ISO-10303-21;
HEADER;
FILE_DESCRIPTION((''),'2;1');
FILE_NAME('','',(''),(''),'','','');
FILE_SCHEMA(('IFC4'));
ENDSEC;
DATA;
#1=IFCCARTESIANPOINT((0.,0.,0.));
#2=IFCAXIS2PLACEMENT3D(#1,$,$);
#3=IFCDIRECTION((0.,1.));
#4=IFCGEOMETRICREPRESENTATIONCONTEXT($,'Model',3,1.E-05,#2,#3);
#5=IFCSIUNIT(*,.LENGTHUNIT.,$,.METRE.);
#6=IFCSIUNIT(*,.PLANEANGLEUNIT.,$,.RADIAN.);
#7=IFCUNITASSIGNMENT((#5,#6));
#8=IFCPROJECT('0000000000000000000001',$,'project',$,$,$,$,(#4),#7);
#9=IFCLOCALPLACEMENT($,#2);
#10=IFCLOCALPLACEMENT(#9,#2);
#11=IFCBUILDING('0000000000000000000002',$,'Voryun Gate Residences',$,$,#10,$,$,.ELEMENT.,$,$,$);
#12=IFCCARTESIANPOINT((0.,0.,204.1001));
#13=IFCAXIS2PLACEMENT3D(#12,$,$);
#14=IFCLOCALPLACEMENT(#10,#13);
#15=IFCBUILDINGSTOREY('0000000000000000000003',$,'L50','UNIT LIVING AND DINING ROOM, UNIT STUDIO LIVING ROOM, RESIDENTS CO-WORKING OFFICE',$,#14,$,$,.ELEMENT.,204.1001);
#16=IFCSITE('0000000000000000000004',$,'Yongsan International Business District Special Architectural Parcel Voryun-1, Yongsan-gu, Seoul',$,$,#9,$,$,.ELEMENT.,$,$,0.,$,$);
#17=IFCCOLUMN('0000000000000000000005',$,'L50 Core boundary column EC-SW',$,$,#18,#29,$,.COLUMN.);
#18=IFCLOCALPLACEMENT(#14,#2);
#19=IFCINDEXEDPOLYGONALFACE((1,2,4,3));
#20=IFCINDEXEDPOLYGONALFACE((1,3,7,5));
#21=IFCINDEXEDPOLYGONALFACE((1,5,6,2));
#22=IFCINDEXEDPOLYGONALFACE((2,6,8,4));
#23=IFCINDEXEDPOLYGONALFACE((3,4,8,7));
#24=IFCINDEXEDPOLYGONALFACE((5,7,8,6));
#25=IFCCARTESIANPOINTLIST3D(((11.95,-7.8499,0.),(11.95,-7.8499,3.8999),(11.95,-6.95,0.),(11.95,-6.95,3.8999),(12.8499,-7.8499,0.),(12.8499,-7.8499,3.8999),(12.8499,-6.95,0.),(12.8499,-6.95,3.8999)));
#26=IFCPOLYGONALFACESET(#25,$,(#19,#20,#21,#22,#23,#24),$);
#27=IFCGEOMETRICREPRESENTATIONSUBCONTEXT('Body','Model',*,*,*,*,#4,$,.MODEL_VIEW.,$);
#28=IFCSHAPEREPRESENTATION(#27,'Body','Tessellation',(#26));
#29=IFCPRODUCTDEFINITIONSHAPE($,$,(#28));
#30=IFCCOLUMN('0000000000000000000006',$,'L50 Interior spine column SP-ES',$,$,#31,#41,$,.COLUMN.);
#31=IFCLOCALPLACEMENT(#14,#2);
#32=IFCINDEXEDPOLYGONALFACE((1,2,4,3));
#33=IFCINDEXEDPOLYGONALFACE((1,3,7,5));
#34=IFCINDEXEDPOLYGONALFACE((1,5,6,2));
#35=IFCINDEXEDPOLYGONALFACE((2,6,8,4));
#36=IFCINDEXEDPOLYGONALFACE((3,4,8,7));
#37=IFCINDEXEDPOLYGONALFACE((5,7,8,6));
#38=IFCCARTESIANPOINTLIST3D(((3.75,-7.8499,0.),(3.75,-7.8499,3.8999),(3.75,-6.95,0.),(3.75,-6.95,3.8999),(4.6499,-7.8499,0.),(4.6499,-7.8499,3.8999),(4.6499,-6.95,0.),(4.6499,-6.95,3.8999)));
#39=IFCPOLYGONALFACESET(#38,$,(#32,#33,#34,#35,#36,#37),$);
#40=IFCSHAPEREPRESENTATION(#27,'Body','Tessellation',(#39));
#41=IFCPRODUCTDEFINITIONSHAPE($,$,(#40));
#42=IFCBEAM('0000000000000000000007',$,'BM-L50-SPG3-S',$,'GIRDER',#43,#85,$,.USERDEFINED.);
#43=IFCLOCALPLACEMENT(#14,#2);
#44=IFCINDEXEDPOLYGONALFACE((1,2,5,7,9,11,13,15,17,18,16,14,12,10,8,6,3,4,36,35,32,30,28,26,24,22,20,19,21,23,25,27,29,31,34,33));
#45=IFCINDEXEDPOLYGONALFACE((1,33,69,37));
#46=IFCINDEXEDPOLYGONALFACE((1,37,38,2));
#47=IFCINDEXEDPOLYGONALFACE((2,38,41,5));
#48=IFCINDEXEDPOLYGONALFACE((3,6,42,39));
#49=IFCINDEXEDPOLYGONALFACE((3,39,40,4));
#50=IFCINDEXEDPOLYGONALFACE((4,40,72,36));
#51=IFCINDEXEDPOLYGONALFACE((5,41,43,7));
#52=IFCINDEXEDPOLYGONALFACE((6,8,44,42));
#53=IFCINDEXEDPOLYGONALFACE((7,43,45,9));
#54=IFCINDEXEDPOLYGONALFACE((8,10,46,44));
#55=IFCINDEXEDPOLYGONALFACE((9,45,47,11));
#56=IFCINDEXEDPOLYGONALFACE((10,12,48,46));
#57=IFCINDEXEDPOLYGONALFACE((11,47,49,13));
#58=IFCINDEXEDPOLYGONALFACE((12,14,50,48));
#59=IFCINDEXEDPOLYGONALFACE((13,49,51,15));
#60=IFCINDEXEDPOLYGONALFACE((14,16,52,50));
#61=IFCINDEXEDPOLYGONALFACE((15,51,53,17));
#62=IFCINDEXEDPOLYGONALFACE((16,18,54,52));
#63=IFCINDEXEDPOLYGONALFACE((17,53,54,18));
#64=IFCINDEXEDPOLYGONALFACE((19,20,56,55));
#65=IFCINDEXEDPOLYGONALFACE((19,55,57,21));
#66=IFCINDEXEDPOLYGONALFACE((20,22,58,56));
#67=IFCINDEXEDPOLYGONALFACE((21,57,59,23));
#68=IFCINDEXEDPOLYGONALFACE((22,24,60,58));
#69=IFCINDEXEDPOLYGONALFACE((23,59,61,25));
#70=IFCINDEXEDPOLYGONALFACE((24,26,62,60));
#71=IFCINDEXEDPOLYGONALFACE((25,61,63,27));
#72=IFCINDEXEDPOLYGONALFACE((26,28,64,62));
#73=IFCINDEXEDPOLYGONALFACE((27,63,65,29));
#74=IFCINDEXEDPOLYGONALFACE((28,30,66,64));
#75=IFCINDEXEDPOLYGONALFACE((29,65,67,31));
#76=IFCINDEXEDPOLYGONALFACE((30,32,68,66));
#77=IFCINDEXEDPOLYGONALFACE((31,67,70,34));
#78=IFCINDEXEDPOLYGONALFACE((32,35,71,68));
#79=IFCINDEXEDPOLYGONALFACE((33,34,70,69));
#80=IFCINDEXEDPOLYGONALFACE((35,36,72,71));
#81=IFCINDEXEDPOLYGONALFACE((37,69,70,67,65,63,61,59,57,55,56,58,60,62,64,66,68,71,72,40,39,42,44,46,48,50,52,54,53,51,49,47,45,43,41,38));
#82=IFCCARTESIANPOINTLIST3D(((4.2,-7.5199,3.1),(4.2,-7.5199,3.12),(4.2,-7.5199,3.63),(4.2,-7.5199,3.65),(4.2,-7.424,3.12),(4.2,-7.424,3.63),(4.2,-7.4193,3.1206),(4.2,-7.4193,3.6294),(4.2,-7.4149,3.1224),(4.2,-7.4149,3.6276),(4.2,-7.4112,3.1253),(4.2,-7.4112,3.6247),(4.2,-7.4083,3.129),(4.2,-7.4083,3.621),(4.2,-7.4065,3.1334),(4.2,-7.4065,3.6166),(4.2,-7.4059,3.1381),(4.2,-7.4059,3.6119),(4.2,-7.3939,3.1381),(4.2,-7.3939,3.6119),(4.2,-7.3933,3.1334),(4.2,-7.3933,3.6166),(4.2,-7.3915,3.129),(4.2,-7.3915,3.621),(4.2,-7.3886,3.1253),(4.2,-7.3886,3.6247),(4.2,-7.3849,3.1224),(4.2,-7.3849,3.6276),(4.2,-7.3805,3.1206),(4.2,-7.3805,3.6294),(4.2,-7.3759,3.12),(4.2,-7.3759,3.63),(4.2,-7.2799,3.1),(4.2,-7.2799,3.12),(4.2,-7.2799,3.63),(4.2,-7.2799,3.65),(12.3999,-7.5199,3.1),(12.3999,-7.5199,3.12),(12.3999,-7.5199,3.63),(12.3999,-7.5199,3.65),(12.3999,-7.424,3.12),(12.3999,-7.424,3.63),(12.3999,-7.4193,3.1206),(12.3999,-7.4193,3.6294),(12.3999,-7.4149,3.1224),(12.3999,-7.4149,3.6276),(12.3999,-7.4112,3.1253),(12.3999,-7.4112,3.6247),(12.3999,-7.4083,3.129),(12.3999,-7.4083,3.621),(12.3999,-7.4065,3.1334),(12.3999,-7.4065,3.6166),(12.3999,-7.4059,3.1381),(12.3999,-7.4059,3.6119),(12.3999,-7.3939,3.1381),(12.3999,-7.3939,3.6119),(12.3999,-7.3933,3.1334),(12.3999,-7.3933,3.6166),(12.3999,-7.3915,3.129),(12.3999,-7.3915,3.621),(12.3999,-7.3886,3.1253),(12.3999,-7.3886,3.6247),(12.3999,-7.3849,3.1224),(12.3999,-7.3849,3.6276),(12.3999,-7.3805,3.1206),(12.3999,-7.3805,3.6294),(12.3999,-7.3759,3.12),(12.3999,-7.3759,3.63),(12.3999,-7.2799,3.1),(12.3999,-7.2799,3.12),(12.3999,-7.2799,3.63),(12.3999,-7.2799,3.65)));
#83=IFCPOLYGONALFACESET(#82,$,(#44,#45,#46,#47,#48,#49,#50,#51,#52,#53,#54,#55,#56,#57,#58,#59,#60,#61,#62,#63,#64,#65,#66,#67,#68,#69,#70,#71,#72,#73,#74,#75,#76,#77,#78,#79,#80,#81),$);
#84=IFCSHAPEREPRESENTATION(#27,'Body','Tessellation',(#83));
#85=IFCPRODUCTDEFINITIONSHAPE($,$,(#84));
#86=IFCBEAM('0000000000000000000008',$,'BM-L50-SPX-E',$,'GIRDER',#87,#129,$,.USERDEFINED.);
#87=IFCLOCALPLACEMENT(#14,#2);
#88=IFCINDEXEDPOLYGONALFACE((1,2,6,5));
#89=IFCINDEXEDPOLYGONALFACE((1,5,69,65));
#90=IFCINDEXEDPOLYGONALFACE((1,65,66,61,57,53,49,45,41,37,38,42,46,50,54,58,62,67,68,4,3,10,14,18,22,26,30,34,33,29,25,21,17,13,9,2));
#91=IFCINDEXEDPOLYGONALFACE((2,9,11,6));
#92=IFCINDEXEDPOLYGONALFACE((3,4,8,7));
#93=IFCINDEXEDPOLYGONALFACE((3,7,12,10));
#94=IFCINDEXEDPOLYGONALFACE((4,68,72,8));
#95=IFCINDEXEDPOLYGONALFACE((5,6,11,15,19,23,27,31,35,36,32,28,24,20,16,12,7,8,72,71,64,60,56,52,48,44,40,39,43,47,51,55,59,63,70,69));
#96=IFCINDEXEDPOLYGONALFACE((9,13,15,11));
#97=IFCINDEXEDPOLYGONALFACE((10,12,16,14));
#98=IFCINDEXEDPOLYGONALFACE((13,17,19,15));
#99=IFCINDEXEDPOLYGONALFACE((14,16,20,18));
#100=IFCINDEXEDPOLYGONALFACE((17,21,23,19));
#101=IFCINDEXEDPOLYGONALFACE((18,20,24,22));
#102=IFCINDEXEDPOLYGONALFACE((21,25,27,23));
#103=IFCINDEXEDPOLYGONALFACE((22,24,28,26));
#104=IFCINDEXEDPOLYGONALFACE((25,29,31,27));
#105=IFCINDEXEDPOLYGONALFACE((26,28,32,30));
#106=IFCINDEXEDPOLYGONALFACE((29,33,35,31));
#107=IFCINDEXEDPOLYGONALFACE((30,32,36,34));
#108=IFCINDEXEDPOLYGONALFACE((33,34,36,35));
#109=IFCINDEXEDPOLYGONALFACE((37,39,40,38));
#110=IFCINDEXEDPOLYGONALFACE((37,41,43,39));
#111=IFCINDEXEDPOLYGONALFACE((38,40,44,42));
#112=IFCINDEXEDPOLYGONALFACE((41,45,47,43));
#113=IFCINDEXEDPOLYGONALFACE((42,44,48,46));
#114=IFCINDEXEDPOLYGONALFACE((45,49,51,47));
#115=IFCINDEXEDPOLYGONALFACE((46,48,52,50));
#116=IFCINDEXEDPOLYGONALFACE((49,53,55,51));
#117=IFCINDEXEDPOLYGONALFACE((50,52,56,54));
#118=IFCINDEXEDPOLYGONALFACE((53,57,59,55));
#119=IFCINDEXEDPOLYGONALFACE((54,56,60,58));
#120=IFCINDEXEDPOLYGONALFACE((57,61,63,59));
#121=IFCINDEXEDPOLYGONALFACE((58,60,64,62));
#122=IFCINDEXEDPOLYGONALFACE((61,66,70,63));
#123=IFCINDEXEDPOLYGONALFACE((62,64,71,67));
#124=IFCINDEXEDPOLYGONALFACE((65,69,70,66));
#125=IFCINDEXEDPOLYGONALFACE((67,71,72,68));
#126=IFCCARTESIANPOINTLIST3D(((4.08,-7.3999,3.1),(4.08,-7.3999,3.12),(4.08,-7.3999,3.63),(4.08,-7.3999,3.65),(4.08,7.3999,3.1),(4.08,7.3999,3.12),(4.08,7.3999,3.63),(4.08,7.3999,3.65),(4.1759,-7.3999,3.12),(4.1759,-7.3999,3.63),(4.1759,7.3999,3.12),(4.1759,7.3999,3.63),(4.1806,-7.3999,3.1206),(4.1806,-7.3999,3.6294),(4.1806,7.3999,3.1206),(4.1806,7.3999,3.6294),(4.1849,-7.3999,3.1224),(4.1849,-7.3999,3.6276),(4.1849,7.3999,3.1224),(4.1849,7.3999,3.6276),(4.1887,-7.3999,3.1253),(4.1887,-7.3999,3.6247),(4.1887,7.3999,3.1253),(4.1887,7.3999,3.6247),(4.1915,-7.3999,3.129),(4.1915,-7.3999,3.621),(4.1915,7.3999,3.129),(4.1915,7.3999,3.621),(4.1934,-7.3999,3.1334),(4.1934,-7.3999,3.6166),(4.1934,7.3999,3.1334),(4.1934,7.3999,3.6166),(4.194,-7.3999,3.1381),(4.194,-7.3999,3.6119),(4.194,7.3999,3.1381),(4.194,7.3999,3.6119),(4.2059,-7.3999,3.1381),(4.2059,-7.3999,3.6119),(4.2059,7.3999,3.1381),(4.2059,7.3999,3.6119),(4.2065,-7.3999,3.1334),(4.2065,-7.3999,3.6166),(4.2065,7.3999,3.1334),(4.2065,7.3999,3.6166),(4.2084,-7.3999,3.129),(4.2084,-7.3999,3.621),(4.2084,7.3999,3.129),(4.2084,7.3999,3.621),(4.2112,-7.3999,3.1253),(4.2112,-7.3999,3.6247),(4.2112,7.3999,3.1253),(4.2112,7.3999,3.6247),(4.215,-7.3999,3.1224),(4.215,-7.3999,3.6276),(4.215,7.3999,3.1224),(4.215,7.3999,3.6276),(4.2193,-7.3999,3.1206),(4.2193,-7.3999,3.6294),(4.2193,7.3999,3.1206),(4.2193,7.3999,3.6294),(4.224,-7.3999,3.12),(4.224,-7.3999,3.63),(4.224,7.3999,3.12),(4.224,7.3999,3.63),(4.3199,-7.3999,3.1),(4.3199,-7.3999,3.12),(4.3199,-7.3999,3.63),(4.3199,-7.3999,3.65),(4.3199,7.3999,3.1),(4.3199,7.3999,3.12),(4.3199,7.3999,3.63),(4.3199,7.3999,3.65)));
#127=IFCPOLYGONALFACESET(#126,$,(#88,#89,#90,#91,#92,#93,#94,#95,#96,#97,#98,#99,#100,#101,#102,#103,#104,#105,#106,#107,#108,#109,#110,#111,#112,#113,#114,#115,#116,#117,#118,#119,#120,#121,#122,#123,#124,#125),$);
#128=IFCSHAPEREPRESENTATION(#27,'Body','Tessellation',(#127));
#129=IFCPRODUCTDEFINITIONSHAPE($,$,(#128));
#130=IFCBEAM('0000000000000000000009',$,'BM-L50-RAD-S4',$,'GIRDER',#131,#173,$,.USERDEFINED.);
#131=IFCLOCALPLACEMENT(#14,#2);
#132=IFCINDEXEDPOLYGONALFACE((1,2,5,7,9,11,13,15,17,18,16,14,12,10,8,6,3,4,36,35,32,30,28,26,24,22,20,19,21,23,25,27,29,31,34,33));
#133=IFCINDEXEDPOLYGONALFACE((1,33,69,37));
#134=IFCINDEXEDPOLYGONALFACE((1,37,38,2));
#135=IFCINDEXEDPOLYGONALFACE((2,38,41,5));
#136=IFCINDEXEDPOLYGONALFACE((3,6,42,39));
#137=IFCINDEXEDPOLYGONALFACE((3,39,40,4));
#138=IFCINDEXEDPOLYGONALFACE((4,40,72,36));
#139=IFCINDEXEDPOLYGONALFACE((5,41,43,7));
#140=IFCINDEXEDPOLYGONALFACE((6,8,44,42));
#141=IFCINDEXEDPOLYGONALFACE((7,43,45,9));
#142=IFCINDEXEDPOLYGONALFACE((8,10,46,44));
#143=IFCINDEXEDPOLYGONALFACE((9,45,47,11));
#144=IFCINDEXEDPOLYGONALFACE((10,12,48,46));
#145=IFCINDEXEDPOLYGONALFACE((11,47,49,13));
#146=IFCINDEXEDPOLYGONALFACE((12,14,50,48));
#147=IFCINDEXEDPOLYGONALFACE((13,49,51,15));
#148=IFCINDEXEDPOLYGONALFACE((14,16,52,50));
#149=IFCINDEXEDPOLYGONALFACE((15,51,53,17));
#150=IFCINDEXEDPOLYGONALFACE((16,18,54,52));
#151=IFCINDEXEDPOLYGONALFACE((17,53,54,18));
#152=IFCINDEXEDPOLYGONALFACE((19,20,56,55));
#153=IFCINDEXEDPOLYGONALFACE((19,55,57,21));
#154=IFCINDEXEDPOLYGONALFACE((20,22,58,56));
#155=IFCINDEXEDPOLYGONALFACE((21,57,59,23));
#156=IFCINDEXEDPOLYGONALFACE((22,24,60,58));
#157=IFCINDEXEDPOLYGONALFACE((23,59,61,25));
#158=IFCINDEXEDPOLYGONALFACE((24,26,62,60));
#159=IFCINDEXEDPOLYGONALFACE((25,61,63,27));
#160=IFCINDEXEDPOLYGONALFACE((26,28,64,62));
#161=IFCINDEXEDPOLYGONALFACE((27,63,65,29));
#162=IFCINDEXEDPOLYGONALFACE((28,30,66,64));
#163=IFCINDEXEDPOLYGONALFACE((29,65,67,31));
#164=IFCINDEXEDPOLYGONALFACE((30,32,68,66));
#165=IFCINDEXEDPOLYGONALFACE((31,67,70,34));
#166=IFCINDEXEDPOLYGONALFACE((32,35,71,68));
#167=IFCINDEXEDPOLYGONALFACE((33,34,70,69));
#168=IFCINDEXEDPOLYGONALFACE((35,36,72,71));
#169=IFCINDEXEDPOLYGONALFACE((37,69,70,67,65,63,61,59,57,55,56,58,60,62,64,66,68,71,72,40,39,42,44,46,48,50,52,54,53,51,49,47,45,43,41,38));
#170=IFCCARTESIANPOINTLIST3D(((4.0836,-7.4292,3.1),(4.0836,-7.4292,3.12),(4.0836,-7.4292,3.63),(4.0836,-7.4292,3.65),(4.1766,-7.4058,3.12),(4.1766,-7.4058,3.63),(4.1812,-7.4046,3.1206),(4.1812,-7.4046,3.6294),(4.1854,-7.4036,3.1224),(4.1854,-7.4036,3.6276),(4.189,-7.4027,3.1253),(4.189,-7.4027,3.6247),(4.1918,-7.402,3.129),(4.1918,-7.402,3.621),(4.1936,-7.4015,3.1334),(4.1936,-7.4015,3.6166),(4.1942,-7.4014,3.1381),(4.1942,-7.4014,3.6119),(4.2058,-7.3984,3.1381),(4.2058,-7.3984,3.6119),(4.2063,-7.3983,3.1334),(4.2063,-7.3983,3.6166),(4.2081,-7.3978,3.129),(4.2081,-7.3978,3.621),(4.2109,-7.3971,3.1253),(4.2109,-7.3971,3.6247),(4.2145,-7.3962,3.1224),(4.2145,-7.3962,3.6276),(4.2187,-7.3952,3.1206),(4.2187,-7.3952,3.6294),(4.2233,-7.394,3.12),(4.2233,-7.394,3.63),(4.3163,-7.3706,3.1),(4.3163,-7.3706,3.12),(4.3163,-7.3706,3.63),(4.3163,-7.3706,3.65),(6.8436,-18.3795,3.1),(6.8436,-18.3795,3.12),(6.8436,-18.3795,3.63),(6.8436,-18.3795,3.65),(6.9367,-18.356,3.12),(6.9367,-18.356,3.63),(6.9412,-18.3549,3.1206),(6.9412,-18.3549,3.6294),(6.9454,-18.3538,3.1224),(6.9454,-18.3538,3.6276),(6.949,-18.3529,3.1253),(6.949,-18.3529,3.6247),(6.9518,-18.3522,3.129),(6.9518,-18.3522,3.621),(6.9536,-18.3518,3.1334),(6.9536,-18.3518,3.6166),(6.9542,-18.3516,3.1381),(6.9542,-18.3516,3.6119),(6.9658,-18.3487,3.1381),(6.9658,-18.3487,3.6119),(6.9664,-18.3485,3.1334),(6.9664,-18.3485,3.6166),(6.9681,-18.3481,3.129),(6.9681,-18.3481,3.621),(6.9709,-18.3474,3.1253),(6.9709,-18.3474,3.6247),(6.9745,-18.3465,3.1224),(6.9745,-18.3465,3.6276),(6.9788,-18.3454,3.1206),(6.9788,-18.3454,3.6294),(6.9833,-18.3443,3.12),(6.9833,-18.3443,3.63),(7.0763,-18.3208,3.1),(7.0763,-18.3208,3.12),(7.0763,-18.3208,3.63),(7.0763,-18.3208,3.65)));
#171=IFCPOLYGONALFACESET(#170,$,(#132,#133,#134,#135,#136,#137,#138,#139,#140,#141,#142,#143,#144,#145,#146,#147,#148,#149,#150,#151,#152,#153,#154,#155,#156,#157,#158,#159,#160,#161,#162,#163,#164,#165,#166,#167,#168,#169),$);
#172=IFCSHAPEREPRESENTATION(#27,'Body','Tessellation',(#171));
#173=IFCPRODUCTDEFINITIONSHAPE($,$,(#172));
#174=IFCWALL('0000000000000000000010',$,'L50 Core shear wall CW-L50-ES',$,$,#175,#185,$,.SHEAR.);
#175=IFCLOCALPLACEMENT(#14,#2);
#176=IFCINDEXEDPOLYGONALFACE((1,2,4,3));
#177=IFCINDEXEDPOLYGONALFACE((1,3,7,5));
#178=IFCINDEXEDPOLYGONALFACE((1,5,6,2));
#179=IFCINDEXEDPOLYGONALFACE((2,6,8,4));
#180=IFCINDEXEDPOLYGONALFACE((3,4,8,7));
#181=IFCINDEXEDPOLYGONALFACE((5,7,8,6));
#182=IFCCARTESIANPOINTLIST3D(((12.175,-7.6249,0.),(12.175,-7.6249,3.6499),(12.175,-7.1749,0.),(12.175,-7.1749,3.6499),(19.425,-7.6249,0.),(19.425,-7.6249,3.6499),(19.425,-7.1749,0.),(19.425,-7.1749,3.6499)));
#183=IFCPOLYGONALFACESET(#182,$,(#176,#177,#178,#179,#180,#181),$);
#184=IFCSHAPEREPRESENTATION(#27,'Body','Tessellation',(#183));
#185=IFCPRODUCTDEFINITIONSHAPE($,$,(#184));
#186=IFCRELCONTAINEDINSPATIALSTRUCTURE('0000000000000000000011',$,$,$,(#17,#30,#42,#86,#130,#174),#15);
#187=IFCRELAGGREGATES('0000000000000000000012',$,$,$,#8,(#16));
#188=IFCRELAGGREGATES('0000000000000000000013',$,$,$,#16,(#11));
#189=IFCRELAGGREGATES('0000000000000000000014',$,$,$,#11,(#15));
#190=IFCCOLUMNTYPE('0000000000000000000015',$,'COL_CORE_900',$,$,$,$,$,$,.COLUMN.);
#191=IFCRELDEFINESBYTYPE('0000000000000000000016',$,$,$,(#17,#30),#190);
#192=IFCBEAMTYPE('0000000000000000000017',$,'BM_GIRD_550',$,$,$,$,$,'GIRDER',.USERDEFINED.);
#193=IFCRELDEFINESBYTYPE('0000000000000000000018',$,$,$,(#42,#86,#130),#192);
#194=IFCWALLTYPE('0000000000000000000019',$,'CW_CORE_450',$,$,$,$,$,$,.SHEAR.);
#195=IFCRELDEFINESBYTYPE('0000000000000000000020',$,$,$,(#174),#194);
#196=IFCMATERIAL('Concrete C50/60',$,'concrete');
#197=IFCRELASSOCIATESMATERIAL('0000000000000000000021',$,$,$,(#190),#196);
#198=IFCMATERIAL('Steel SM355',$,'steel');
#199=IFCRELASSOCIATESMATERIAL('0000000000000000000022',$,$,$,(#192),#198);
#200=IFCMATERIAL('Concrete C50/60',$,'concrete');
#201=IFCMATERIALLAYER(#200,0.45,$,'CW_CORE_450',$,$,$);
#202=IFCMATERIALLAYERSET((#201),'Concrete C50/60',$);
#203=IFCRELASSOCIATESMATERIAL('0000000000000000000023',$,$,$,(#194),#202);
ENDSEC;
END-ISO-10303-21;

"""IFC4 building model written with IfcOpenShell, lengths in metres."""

from ifc_helpers import new_model, si_unit, direction, frame, frame_2d, origin, origin_2d, place, context, subcontext, project, spatial, rectangle, i_section, extrude, material, layer, layer_set, material_profile, profile_set, type_object, element, save


model = new_model("IFC4")

# Units and contexts
model_context = context("Model", 3, precision=1e-05, world=origin(), true_north=direction((0.0, 1.0)))
body_context = subcontext(model_context, "Body", "Model", "MODEL_VIEW")
ifc_project = project(units=[si_unit("LENGTHUNIT", "METRE"), si_unit("PLANEANGLEUNIT", "RADIAN")], contexts=[model_context])

# Site, building, storey
site_placement = place(None, origin())
site = spatial("IfcSite", under=ifc_project, at=site_placement, Name="Yongsan International Business District Special Architectural Parcel Voryun-1, Yongsan-gu, Seoul", CompositionType="ELEMENT", RefElevation=0.0)
building_placement = place(site_placement, origin())
building = spatial("IfcBuilding", under=site, at=building_placement, Name="Voryun Gate Residences", CompositionType="ELEMENT")
storey_placement = place(building_placement, frame((0.0, 0.0, 204.1001)))
storey = spatial("IfcBuildingStorey", under=building, at=storey_placement, Name="L50", Description="UNIT LIVING AND DINING ROOM, UNIT STUDIO LIVING ROOM, RESIDENTS CO-WORKING OFFICE", CompositionType="ELEMENT", Elevation=204.1001)

# Columns
ifc_material_1 = material(Name="Concrete C50/60", Category="concrete")
ifc_material_profile_1 = material_profile(ifc_material_1, rectangle(XDim=0.8999, YDim=0.8999, at=origin_2d()), Name="RC-900x900")
ifc_profile_set_1 = profile_set([ifc_material_profile_1], Name="Concrete C50/60")
column_type = type_object("IfcColumnType", Name="COL_CORE_900", PredefinedType="COLUMN", material=ifc_profile_set_1)
for number, where, z_axis, x_axis, name in (
    (1, (12.3999, -7.3999, 0.0), (0.0, 0.0, 1.0), (1.0, 0.0, 0.0), "L50 Core boundary column EC-SW"),
    (2, (4.2, -7.3999, 0.0), (0.0, 0.0, 1.0), (1.0, 0.0, 0.0), "L50 Interior spine column SP-ES"),
):
    element("IfcColumn", number, at=place(storey_placement, frame(where, z_axis=z_axis, x_axis=x_axis)), inside=storey, type_object=column_type, Name=name, PredefinedType="COLUMN", context=body_context, shape_type="SweptSolid", body=[
        extrude(rectangle(XDim=0.8999, YDim=0.8999, at=origin_2d()), origin(), (0.0, 0.0, 1.0), 3.8999),
    ])

# Beams
ifc_material_2 = material(Name="Steel SM355", Category="steel")
ifc_material_profile_2 = material_profile(ifc_material_2, i_section(OverallWidth=0.24, OverallDepth=0.55, WebThickness=0.012, FlangeThickness=0.02, FilletRadius=0.0181, at=origin_2d()), Name="H-550x240x12x20")
ifc_profile_set_2 = profile_set([ifc_material_profile_2], Name="Steel SM355")
beam_type = type_object("IfcBeamType", Name="BM_GIRD_550", ElementType="GIRDER", PredefinedType="USERDEFINED", material=ifc_profile_set_2)
beam_1_placement = place(storey_placement, frame((4.2, -7.3999, 3.375), z_axis=(1.0, 0.0, 0.0), x_axis=(0.0, 1.0, 0.0)))
element("IfcBeam", 3, at=beam_1_placement, inside=storey, type_object=beam_type, Name="BM-L50-SPG3-S", ObjectType="GIRDER", PredefinedType="USERDEFINED", context=body_context, shape_type="SweptSolid", body=[
    extrude(i_section(OverallWidth=0.24, OverallDepth=0.55, WebThickness=0.012, FlangeThickness=0.02, FilletRadius=0.0181, at=origin_2d()), origin(), (0.0, 0.0, 1.0), 8.2),
])
beam_2_placement = place(storey_placement, frame((4.2, -7.3999, 3.375), z_axis=(0.0, 1.0, 0.0), x_axis=(-1.0, 0.0, 0.0)))
element("IfcBeam", 4, at=beam_2_placement, inside=storey, type_object=beam_type, Name="BM-L50-SPX-E", ObjectType="GIRDER", PredefinedType="USERDEFINED", context=body_context, shape_type="SweptSolid", body=[
    extrude(i_section(OverallWidth=0.24, OverallDepth=0.55, WebThickness=0.012, FlangeThickness=0.02, FilletRadius=0.0181, at=origin_2d()), origin(), (0.0, 0.0, 1.0), 14.7998),
])
beam_3_placement = place(storey_placement, frame((4.2, -7.3999, 3.375), z_axis=(0.244407, -0.969673, 0.0), x_axis=(0.969673, 0.244407, 0.0)))
element("IfcBeam", 5, at=beam_3_placement, inside=storey, type_object=beam_type, Name="BM-L50-RAD-S4", ObjectType="GIRDER", PredefinedType="USERDEFINED", context=body_context, shape_type="SweptSolid", body=[
    extrude(i_section(OverallWidth=0.24, OverallDepth=0.55, WebThickness=0.012, FlangeThickness=0.02, FilletRadius=0.0181, at=origin_2d()), origin(), (0.0, 0.0, 1.0), 11.2927),
])

# Wall
ifc_material_3 = material(Name="Concrete C50/60", Category="concrete")
ifc_layer_1 = layer(ifc_material_3, 0.45, Name="CW_CORE_450")
ifc_layer_set_1 = layer_set([ifc_layer_1], Name="Concrete C50/60")
wall_type_1 = type_object("IfcWallType", Name="CW_CORE_450", PredefinedType="SHEAR", material=ifc_layer_set_1)
wall_1_placement = place(storey_placement, frame((12.175, -7.3999, 0.0), z_axis=(0.0, 0.0, 1.0), x_axis=(1.0, 0.0, 0.0)))
element("IfcWall", 6, at=wall_1_placement, inside=storey, type_object=wall_type_1, Name="L50 Core shear wall CW-L50-ES", PredefinedType="SHEAR", context=body_context, shape_type="SweptSolid", body=[
    extrude(rectangle(XDim=7.25, YDim=0.45, at=frame_2d((3.625, 0.0))), origin(), (0.0, 0.0, 1.0), 3.6499),
])

save(model, "model.ifc")
